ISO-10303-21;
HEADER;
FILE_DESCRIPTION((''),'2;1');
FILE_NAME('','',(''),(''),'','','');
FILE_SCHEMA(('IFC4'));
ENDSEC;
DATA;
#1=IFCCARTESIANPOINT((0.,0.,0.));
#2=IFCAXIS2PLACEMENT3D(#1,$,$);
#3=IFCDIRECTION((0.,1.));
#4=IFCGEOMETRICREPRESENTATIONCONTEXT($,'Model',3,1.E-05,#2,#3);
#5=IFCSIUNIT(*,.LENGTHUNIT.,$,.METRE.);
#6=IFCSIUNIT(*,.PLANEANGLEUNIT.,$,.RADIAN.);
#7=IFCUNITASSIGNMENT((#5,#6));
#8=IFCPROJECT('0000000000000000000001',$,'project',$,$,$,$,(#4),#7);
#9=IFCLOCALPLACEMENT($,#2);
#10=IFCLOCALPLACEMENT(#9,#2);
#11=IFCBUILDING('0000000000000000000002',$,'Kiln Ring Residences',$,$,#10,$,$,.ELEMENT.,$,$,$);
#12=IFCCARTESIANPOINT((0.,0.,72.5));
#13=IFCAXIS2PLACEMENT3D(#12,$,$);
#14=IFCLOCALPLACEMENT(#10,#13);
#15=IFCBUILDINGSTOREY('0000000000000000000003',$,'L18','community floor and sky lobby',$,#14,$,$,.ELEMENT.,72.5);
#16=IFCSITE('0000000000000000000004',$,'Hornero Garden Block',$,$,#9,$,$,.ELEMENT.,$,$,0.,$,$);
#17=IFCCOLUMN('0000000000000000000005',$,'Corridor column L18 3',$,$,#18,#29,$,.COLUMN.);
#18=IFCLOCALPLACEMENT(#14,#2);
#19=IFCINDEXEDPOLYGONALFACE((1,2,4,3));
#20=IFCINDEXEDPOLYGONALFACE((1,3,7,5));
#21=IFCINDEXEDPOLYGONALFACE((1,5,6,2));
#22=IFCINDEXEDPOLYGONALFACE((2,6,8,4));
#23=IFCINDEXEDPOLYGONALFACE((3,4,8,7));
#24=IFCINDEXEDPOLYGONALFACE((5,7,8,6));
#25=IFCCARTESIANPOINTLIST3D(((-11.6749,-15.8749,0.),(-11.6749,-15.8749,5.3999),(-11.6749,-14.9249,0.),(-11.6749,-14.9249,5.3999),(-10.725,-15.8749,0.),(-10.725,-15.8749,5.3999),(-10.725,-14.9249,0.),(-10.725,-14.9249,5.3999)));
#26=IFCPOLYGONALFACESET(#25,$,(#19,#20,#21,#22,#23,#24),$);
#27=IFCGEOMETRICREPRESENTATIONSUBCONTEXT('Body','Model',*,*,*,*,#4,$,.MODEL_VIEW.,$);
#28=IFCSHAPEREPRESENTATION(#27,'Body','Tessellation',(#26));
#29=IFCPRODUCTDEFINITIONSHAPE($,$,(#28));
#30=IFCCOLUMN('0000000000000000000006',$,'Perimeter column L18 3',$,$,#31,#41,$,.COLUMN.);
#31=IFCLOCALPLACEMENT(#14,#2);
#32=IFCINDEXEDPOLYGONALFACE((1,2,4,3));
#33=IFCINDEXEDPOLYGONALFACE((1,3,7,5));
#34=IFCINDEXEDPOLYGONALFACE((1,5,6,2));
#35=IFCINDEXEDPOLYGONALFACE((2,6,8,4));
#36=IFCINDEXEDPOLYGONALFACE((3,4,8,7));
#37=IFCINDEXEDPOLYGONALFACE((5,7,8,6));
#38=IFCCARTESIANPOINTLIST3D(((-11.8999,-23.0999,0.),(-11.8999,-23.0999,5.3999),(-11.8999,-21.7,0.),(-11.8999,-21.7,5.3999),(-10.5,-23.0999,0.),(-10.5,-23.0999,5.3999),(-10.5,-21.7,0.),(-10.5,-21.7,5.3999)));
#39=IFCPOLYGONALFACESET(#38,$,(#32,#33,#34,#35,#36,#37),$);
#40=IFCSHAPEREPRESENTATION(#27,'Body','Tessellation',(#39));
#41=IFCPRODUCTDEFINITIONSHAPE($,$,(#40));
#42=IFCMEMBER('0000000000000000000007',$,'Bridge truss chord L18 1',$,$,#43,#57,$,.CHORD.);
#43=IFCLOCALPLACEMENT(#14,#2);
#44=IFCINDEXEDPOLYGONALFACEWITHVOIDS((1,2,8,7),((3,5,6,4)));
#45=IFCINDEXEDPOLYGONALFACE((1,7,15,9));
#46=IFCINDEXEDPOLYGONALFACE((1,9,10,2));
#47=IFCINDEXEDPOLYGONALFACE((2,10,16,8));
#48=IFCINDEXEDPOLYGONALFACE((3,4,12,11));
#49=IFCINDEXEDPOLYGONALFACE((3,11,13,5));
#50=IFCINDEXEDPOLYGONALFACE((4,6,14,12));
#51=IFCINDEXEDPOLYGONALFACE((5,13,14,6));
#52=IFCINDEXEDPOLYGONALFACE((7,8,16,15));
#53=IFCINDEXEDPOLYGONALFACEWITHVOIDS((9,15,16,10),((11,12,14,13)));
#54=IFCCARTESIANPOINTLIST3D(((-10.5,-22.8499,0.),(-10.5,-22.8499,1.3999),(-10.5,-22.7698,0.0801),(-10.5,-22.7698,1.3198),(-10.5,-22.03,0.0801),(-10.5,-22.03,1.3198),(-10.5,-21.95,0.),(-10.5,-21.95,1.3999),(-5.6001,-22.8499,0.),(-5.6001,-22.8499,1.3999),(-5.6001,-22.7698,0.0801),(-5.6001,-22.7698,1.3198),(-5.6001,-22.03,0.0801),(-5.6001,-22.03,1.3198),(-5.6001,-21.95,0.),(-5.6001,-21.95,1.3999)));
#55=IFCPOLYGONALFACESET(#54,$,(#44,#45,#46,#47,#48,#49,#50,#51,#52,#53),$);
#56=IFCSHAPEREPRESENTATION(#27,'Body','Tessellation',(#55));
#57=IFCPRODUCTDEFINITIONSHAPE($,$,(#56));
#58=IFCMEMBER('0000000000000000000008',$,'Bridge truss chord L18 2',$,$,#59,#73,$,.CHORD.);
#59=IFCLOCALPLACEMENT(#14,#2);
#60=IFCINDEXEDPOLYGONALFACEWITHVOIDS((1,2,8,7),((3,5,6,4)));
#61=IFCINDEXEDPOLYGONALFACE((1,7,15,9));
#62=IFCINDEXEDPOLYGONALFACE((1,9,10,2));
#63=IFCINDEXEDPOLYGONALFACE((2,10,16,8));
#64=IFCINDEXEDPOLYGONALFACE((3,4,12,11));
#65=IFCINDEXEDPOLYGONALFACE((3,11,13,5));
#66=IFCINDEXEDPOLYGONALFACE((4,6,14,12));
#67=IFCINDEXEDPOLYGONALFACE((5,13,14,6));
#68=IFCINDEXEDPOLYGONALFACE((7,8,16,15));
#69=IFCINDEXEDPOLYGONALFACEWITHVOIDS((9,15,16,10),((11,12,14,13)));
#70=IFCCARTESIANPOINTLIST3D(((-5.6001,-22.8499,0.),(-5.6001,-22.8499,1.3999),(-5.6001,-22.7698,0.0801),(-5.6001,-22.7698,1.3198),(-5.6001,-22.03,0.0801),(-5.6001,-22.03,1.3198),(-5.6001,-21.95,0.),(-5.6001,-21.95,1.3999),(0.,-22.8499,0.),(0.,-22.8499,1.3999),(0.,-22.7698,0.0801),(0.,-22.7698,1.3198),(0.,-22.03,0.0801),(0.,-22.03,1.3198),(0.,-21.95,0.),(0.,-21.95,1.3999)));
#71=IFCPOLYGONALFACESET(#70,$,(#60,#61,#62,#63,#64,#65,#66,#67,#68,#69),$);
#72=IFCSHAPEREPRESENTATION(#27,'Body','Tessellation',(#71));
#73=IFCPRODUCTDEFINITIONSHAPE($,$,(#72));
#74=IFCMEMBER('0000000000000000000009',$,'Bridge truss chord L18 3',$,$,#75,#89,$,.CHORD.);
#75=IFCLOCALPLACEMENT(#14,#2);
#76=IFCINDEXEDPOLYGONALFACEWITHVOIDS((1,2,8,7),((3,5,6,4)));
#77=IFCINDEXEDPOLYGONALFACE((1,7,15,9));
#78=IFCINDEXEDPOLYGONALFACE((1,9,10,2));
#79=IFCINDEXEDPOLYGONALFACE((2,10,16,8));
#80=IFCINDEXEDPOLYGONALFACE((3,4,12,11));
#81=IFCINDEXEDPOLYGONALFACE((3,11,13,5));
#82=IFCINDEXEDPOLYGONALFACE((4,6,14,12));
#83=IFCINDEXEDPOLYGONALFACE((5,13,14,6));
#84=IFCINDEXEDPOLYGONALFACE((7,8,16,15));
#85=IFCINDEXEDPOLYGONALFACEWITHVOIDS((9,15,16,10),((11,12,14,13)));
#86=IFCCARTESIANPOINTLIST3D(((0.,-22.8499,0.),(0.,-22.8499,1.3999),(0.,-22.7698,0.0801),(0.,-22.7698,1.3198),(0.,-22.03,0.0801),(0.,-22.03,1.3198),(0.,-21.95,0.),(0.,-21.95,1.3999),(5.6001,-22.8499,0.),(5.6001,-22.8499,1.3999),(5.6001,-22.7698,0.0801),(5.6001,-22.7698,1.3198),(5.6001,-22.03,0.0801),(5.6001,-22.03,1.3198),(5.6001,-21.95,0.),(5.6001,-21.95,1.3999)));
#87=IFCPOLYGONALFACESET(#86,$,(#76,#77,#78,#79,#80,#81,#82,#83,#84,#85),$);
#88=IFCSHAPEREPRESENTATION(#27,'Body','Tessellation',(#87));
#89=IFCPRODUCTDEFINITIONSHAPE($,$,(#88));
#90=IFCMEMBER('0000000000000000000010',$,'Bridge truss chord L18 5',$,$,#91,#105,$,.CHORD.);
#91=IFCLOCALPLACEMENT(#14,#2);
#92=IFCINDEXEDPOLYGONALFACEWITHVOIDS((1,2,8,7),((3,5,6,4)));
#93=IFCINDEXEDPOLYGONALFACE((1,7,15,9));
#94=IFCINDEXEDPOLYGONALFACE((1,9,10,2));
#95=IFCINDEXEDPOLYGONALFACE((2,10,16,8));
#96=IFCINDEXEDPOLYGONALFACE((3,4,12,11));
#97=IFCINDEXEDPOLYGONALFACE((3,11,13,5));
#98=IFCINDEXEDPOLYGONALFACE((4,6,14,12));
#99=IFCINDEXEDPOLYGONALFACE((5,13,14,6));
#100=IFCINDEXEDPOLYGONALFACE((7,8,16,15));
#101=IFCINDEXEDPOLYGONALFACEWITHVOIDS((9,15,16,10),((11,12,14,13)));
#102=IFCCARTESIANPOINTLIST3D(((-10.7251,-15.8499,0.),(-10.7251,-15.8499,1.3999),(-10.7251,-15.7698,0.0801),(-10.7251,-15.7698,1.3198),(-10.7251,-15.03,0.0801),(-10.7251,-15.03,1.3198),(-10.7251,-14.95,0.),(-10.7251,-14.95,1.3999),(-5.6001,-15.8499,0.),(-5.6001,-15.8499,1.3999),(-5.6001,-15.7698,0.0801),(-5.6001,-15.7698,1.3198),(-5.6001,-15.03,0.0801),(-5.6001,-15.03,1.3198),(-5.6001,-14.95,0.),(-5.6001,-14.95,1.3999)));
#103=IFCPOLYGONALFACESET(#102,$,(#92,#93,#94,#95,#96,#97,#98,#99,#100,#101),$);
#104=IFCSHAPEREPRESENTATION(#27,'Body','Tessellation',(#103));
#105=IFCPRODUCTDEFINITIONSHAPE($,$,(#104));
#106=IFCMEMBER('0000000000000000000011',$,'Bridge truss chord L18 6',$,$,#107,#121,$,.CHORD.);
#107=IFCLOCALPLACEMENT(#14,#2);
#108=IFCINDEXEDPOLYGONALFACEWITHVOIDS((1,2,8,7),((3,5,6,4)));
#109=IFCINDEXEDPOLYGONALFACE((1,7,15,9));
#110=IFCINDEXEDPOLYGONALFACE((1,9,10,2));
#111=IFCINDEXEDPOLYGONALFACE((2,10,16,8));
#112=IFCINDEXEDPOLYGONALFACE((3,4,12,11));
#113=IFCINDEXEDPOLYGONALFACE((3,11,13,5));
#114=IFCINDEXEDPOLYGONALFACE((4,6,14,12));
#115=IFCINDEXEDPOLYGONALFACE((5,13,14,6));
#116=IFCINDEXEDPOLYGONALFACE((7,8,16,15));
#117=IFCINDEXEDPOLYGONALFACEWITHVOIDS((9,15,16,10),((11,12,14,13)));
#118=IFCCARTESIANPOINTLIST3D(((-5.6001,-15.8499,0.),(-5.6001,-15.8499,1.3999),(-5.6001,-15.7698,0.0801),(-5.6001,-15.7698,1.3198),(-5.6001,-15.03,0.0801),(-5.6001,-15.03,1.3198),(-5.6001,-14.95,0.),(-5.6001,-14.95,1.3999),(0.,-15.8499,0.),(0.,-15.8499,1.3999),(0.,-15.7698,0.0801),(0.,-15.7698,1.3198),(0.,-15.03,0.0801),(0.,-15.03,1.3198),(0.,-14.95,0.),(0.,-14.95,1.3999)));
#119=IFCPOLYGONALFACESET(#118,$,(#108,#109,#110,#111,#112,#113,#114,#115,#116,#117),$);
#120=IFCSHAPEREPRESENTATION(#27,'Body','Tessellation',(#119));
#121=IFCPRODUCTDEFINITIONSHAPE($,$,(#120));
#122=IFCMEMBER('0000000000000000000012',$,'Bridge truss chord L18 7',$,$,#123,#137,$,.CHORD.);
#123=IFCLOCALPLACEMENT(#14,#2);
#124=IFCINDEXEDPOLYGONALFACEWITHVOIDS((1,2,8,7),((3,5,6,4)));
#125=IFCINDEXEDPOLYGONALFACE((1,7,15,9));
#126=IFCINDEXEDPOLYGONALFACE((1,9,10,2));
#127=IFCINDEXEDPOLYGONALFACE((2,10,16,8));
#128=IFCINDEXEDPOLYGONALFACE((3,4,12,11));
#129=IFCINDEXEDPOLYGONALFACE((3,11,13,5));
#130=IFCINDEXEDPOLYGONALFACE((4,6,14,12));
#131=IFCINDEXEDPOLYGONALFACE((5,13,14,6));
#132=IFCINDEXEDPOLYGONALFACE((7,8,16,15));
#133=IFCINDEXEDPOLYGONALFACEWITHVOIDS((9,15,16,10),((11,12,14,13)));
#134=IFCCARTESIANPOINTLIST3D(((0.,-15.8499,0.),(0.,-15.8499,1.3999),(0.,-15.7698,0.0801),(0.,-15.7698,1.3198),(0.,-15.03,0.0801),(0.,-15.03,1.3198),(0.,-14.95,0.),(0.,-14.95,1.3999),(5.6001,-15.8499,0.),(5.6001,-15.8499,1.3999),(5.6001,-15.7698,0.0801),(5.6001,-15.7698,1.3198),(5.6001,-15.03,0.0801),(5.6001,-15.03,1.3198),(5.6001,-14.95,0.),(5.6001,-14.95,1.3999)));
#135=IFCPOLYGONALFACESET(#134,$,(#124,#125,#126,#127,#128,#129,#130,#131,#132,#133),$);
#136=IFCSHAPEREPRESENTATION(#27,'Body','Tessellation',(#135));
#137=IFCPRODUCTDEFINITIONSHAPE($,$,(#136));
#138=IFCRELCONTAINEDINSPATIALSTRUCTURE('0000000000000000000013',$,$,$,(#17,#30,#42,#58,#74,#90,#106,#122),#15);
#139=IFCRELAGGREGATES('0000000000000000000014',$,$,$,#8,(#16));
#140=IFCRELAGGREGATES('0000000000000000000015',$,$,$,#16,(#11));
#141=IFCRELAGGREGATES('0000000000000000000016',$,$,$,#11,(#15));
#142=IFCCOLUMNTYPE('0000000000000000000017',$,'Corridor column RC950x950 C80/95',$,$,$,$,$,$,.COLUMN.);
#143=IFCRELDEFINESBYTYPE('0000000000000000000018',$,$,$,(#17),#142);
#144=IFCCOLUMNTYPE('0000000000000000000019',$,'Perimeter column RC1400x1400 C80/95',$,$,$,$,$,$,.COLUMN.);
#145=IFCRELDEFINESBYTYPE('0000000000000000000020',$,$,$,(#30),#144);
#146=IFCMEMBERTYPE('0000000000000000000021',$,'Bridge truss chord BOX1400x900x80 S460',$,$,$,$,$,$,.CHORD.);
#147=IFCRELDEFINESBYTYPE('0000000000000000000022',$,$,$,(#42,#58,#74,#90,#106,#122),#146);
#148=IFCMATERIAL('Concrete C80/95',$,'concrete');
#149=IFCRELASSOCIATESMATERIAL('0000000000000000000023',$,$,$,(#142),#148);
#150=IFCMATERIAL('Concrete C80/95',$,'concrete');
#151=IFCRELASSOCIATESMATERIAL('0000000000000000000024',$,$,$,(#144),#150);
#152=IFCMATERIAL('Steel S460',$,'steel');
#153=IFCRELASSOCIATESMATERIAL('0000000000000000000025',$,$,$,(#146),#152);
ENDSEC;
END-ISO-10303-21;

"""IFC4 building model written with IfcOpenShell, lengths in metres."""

from ifc_helpers import new_model, si_unit, direction, frame, origin, origin_2d, place, context, subcontext, project, spatial, rectangle, hollow_rectangle, extrude, material, material_profile, profile_set, type_object, element, save


model = new_model("IFC4")

# Units and contexts
model_context = context("Model", 3, precision=1e-05, world=origin(), true_north=direction((0.0, 1.0)))
body_context = subcontext(model_context, "Body", "Model", "MODEL_VIEW")
ifc_project = project(units=[si_unit("LENGTHUNIT", "METRE"), si_unit("PLANEANGLEUNIT", "RADIAN")], contexts=[model_context])

# Site, building, storey
site_placement = place(None, origin())
site = spatial("IfcSite", under=ifc_project, at=site_placement, Name="Hornero Garden Block", CompositionType="ELEMENT", RefElevation=0.0)
building_placement = place(site_placement, origin())
building = spatial("IfcBuilding", under=site, at=building_placement, Name="Kiln Ring Residences", CompositionType="ELEMENT")
storey_placement = place(building_placement, frame((0.0, 0.0, 72.5)))
storey = spatial("IfcBuildingStorey", under=building, at=storey_placement, Name="L18", Description="community floor and sky lobby", CompositionType="ELEMENT", Elevation=72.5)

# Columns
ifc_material_1 = material(Name="Concrete C80/95", Category="concrete")
ifc_material_profile_1 = material_profile(ifc_material_1, rectangle(XDim=0.95, YDim=0.95, at=origin_2d()), Name="RC950x950")
ifc_profile_set_1 = profile_set([ifc_material_profile_1], Name="Concrete C80/95")
column_type_1 = type_object("IfcColumnType", Name="Corridor column RC950x950 C80/95", PredefinedType="COLUMN", material=ifc_profile_set_1)
column_1_placement = place(storey_placement, frame((-11.2, -15.3999, 0.0), z_axis=(0.0, 0.0, 1.0), x_axis=(1.0, 0.0, 0.0)))
element("IfcColumn", 1, at=column_1_placement, inside=storey, type_object=column_type_1, Name="Corridor column L18 3", PredefinedType="COLUMN", context=body_context, shape_type="SweptSolid", body=[
    extrude(rectangle(XDim=0.95, YDim=0.95, at=origin_2d()), origin(), (0.0, 0.0, 1.0), 5.3999),
])
ifc_material_2 = material(Name="Concrete C80/95", Category="concrete")
ifc_material_profile_2 = material_profile(ifc_material_2, rectangle(XDim=1.3999, YDim=1.3999, at=origin_2d()), Name="RC1400x1400")
ifc_profile_set_2 = profile_set([ifc_material_profile_2], Name="Concrete C80/95")
column_type_2 = type_object("IfcColumnType", Name="Perimeter column RC1400x1400 C80/95", PredefinedType="COLUMN", material=ifc_profile_set_2)
column_2_placement = place(storey_placement, frame((-11.2, -22.3999, 0.0), z_axis=(0.0, 0.0, 1.0), x_axis=(1.0, 0.0, 0.0)))
element("IfcColumn", 2, at=column_2_placement, inside=storey, type_object=column_type_2, Name="Perimeter column L18 3", PredefinedType="COLUMN", context=body_context, shape_type="SweptSolid", body=[
    extrude(rectangle(XDim=1.3999, YDim=1.3999, at=origin_2d()), origin(), (0.0, 0.0, 1.0), 5.3999),
])

# Members
ifc_material_3 = material(Name="Steel S460", Category="steel")
ifc_material_profile_3 = material_profile(ifc_material_3, hollow_rectangle(XDim=0.8999, YDim=1.3999, WallThickness=0.0801, at=origin_2d()), Name="BOX1400x900x80")
ifc_profile_set_3 = profile_set([ifc_material_profile_3], Name="Steel S460")
member_type_1 = type_object("IfcMemberType", Name="Bridge truss chord BOX1400x900x80 S460", PredefinedType="CHORD", material=ifc_profile_set_3)
member_1_placement = place(storey_placement, frame((-10.5, -22.3999, 0.7), z_axis=(1.0, 0.0, 0.0), x_axis=(0.0, 1.0, 0.0)))
element("IfcMember", 3, at=member_1_placement, inside=storey, type_object=member_type_1, Name="Bridge truss chord L18 1", PredefinedType="CHORD", context=body_context, shape_type="SweptSolid", body=[
    extrude(hollow_rectangle(XDim=0.8999, YDim=1.3999, WallThickness=0.0801, at=origin_2d()), origin(), (0.0, 0.0, 1.0), 4.8999),
])
for number, where, z_axis, x_axis, name in (
    (4, (-5.6001, -22.3999, 0.7), (1.0, 0.0, 0.0), (0.0, 1.0, 0.0), "Bridge truss chord L18 2"),
    (5, (0.0, -22.3999, 0.7), (1.0, 0.0, 0.0), (0.0, 1.0, 0.0), "Bridge truss chord L18 3"),
):
    element("IfcMember", number, at=place(storey_placement, frame(where, z_axis=z_axis, x_axis=x_axis)), inside=storey, type_object=member_type_1, Name=name, PredefinedType="CHORD", context=body_context, shape_type="SweptSolid", body=[
        extrude(hollow_rectangle(XDim=0.8999, YDim=1.3999, WallThickness=0.0801, at=origin_2d()), origin(), (0.0, 0.0, 1.0), 5.6001),
    ])
member_2_placement = place(storey_placement, frame((-10.7251, -15.3999, 0.7), z_axis=(1.0, 0.0, 0.0), x_axis=(0.0, 1.0, 0.0)))
element("IfcMember", 6, at=member_2_placement, inside=storey, type_object=member_type_1, Name="Bridge truss chord L18 5", PredefinedType="CHORD", context=body_context, shape_type="SweptSolid", body=[
    extrude(hollow_rectangle(XDim=0.8999, YDim=1.3999, WallThickness=0.0801, at=origin_2d()), origin(), (0.0, 0.0, 1.0), 5.125),
])
for number, where, z_axis, x_axis, name in (
    (7, (-5.6001, -15.3999, 0.7), (1.0, 0.0, 0.0), (0.0, 1.0, 0.0), "Bridge truss chord L18 6"),
    (8, (0.0, -15.3999, 0.7), (1.0, 0.0, 0.0), (0.0, 1.0, 0.0), "Bridge truss chord L18 7"),
):
    element("IfcMember", number, at=place(storey_placement, frame(where, z_axis=z_axis, x_axis=x_axis)), inside=storey, type_object=member_type_1, Name=name, PredefinedType="CHORD", context=body_context, shape_type="SweptSolid", body=[
        extrude(hollow_rectangle(XDim=0.8999, YDim=1.3999, WallThickness=0.0801, at=origin_2d()), origin(), (0.0, 0.0, 1.0), 5.6001),
    ])

save(model, "model.ifc")
